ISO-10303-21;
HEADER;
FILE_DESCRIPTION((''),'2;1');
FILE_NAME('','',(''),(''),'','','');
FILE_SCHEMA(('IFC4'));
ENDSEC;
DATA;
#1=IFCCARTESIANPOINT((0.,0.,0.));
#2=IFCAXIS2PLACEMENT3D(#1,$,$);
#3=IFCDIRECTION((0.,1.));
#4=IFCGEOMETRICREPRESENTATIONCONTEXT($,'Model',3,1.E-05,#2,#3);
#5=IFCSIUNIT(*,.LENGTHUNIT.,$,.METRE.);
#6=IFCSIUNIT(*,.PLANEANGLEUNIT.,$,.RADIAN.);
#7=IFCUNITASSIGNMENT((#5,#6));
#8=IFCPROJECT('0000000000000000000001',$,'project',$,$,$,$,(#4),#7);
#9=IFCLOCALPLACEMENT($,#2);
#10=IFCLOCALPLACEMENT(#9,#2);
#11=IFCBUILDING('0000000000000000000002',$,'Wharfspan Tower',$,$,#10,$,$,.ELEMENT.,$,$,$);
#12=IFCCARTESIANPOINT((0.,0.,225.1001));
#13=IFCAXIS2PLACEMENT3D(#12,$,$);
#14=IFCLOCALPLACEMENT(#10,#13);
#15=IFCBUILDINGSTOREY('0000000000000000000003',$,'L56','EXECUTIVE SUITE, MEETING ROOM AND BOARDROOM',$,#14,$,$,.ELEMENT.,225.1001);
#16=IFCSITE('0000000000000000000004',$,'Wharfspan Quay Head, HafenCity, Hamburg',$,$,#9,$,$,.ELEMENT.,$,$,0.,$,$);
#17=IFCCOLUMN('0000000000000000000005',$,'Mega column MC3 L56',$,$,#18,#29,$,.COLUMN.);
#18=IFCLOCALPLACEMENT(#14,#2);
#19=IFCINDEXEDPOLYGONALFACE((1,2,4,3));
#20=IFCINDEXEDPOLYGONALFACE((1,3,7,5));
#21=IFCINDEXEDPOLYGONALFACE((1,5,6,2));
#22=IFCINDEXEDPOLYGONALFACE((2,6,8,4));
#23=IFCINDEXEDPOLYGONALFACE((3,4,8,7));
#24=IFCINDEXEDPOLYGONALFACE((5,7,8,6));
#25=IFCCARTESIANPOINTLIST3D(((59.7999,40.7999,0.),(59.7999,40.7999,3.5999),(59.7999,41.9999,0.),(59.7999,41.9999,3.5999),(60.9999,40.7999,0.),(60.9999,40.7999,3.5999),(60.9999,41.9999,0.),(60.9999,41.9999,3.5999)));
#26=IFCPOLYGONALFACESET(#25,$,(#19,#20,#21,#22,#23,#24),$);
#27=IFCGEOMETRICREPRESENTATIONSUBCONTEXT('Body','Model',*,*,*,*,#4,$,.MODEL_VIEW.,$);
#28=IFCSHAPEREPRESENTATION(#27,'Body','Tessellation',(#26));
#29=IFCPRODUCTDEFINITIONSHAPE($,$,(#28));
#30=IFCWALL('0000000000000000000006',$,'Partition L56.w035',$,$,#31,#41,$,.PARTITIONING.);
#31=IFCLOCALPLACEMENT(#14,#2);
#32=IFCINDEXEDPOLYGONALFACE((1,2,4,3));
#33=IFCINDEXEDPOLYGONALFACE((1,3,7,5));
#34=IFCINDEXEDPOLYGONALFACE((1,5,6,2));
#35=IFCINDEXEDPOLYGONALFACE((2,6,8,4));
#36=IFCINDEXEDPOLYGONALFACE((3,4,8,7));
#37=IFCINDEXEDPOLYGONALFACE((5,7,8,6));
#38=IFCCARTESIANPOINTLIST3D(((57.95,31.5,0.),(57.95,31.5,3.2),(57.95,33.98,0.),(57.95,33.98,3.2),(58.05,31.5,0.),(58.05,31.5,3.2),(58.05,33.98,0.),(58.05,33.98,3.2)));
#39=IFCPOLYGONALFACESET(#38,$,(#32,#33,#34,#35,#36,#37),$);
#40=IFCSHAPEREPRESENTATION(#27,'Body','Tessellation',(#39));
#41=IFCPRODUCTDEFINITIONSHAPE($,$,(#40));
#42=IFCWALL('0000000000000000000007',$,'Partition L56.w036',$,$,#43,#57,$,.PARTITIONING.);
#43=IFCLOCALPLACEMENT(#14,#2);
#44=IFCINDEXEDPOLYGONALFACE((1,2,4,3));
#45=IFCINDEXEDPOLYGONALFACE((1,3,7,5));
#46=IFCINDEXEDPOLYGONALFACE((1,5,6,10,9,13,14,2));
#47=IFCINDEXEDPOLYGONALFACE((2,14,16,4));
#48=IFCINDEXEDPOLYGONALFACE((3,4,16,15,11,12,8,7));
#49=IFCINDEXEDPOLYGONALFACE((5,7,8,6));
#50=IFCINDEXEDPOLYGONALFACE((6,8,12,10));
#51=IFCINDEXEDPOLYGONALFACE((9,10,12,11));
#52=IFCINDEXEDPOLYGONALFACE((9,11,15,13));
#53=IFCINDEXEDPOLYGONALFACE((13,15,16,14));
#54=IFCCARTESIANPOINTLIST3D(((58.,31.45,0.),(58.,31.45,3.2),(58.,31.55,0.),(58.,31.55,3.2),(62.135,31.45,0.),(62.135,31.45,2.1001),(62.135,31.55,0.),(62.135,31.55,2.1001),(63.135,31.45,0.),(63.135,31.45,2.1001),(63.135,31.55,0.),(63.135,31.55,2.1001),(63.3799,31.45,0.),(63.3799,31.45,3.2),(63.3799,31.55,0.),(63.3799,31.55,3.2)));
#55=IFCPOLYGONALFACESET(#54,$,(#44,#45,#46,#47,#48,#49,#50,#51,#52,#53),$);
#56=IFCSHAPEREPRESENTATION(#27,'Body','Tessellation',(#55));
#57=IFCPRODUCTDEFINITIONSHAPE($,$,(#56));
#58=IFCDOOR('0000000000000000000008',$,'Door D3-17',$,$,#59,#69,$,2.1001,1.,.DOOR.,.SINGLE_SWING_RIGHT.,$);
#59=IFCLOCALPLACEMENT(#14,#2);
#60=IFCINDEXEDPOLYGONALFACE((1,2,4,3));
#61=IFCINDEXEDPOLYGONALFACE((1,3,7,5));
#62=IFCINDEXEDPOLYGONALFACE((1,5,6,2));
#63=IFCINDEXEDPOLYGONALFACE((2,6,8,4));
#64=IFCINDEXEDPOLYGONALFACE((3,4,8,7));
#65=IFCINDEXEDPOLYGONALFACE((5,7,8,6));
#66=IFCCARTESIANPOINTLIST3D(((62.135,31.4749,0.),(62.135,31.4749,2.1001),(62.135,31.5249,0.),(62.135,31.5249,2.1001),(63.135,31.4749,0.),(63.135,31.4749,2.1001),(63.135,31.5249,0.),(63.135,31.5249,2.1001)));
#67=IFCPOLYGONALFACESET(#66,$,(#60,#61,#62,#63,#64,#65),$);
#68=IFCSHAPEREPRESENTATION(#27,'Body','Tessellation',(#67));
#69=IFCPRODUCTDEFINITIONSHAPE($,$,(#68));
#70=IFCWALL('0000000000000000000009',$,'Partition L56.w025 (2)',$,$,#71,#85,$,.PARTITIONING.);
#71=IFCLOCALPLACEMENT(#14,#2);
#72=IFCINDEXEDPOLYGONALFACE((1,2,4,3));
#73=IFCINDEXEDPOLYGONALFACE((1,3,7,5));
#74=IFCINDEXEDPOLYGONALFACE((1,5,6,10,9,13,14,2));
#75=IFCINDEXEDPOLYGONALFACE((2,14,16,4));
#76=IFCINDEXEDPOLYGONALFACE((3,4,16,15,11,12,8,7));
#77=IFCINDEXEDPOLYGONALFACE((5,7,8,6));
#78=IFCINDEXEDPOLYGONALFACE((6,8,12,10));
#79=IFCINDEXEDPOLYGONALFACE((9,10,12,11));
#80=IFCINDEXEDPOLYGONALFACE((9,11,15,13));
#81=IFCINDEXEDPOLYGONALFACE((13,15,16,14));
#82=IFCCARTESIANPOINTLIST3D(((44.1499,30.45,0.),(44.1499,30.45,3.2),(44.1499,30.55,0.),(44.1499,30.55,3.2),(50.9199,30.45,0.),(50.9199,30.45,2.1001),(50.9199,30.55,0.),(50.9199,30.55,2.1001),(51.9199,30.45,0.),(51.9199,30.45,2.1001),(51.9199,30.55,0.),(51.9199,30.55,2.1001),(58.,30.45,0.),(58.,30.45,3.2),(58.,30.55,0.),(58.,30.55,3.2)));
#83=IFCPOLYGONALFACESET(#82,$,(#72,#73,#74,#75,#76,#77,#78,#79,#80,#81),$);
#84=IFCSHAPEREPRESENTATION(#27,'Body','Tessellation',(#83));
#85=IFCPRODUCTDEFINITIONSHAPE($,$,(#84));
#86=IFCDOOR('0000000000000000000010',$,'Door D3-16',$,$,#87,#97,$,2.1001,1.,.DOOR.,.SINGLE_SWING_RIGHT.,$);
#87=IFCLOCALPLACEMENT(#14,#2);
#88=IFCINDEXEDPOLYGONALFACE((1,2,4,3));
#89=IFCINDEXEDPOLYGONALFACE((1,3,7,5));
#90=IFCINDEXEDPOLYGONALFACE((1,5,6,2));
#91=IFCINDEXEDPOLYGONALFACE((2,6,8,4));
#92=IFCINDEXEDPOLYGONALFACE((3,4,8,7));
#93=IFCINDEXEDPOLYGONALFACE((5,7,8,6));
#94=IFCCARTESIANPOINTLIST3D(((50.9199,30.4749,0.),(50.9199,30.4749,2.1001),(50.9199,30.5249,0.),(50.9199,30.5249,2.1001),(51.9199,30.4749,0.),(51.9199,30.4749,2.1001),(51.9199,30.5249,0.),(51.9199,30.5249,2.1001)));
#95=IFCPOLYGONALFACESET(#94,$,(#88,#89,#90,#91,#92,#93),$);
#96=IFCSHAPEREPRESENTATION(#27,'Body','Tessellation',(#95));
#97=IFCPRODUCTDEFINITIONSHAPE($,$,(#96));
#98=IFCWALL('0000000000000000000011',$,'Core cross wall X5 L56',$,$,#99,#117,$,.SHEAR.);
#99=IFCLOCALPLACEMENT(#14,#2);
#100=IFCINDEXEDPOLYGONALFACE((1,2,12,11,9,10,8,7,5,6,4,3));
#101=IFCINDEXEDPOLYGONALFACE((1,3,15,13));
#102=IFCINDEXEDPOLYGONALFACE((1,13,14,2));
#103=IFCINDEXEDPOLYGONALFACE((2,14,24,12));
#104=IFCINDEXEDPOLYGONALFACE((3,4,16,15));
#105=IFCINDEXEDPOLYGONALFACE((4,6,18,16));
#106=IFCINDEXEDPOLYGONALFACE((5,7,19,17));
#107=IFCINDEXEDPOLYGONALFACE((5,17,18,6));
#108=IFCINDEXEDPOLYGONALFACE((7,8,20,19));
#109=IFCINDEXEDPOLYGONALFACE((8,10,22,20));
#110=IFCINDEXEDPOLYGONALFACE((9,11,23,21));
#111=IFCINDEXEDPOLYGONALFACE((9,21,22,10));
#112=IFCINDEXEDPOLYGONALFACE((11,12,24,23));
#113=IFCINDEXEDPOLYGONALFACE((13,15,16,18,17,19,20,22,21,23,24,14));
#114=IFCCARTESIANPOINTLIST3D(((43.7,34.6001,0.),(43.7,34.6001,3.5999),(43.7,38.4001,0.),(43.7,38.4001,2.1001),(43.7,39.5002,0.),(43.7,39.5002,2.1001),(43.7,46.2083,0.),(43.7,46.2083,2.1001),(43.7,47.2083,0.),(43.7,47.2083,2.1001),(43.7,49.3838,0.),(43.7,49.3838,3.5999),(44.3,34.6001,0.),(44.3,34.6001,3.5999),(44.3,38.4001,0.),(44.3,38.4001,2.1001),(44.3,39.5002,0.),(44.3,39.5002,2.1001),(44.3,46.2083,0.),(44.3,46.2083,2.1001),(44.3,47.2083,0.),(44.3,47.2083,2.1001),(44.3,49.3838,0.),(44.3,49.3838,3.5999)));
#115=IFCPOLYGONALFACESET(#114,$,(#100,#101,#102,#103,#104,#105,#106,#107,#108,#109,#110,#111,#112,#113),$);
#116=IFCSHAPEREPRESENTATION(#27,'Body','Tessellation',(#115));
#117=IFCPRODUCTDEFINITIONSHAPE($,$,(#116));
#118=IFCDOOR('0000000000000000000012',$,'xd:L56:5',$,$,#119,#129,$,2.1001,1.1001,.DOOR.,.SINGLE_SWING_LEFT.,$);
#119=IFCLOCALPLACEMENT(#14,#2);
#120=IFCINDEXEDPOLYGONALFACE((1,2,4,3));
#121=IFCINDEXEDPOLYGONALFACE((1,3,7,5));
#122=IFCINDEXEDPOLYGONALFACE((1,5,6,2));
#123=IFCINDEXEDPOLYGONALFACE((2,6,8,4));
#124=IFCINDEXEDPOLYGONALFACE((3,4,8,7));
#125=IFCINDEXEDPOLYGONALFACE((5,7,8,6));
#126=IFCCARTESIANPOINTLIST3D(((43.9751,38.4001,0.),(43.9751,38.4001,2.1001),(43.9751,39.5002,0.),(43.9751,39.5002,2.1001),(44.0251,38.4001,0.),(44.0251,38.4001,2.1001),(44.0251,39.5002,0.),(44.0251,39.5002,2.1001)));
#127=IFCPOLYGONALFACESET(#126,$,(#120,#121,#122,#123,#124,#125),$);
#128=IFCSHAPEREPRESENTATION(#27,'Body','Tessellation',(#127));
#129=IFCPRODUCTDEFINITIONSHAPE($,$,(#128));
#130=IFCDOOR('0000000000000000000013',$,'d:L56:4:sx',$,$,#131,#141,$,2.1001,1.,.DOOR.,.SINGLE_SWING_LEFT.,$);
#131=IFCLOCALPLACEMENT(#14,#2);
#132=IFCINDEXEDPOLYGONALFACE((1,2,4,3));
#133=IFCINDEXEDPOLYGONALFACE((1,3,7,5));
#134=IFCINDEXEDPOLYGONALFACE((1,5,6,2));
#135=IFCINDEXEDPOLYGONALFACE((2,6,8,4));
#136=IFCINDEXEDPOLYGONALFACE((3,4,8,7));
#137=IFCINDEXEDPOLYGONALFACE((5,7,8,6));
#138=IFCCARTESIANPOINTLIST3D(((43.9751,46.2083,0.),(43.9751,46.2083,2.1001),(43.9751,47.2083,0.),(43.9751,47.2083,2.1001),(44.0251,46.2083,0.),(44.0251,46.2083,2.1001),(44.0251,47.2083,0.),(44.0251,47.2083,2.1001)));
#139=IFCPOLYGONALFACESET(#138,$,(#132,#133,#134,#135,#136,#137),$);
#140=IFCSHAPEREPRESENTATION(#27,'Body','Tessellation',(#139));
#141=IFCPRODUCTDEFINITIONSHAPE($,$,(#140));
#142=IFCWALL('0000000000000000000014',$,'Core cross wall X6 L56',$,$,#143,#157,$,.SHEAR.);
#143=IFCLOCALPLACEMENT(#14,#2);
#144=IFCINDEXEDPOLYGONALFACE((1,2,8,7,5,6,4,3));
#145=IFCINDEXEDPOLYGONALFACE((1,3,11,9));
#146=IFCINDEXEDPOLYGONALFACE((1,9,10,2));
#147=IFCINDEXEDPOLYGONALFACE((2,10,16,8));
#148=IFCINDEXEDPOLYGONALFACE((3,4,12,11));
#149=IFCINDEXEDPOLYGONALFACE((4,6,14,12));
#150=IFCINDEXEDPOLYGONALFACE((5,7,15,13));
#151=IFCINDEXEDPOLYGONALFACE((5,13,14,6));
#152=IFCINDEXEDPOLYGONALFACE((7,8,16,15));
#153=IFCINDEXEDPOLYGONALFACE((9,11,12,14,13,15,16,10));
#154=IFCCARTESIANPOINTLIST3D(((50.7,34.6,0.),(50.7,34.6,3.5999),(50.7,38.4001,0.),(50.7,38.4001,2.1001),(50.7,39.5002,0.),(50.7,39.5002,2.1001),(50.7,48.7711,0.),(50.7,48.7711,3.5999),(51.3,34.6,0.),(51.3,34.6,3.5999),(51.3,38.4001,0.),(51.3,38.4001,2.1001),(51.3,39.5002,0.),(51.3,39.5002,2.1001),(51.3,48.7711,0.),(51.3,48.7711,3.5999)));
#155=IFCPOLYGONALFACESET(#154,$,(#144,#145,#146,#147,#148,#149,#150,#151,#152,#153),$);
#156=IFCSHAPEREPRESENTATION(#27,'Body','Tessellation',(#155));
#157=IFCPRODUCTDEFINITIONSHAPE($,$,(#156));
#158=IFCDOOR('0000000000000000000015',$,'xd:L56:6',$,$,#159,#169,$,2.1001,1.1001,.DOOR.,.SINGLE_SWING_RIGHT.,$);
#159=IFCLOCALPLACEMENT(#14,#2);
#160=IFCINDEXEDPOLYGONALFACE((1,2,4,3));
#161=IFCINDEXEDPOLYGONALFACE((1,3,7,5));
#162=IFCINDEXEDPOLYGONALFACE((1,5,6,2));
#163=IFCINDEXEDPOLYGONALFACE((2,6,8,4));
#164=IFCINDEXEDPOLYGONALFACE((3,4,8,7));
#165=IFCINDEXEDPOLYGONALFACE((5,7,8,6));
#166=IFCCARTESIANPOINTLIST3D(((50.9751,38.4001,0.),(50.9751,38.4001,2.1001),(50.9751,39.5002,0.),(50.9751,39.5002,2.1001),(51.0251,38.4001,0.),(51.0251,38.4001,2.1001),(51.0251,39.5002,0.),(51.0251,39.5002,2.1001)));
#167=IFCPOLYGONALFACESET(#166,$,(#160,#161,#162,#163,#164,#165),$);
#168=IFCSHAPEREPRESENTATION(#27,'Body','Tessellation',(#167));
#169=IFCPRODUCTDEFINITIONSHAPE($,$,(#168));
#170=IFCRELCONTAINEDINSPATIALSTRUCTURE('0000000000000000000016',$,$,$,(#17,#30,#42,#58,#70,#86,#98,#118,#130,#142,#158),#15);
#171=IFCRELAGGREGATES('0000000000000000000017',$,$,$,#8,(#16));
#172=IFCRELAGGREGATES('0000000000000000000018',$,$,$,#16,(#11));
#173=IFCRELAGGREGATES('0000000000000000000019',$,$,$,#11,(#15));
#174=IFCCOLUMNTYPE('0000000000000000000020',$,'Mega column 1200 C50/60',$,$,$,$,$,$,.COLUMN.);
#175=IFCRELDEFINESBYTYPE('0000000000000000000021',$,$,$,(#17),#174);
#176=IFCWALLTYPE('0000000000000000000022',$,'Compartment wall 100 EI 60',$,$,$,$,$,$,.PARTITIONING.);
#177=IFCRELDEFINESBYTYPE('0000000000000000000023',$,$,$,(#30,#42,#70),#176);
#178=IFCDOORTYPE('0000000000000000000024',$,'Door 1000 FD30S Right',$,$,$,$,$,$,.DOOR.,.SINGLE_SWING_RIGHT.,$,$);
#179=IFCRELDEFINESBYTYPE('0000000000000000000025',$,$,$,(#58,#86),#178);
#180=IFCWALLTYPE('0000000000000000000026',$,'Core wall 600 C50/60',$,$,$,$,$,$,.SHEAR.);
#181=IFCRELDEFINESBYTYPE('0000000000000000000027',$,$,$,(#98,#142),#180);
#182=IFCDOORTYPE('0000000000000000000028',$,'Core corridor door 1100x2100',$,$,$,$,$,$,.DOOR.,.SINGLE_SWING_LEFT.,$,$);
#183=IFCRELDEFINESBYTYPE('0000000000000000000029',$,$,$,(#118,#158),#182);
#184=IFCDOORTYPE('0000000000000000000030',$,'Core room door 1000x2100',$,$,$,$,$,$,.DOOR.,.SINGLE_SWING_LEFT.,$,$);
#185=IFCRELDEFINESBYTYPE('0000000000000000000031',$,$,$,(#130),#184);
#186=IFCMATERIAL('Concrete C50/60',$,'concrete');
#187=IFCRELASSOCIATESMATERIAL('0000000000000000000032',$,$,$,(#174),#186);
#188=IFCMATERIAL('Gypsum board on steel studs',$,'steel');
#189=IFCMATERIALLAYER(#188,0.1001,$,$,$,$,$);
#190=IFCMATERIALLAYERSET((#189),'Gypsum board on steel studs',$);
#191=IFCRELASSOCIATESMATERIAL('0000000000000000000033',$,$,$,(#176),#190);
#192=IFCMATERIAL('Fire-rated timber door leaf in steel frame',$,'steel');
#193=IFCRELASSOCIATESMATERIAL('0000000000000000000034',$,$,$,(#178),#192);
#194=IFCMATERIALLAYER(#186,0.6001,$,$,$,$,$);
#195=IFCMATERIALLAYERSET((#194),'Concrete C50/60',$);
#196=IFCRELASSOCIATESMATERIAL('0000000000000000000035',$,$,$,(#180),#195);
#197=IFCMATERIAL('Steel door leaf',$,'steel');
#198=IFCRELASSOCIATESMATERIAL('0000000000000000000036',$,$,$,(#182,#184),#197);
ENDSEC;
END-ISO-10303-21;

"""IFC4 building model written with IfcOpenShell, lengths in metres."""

from ifc_helpers import new_model, si_unit, direction, frame, frame_2d, origin, origin_2d, place, context, subcontext, project, spatial, rectangle, extrude, material, layer, layer_set, material_profile, profile_set, type_object, element, fill, save


model = new_model("IFC4")

# Units and contexts
model_context = context("Model", 3, precision=1e-05, world=origin(), true_north=direction((0.0, 1.0)))
body_context = subcontext(model_context, "Body", "Model", "MODEL_VIEW")
ifc_project = project(units=[si_unit("LENGTHUNIT", "METRE"), si_unit("PLANEANGLEUNIT", "RADIAN")], contexts=[model_context])

# Site, building, storey
site_placement = place(None, origin())
site = spatial("IfcSite", under=ifc_project, at=site_placement, Name="Wharfspan Quay Head, HafenCity, Hamburg", CompositionType="ELEMENT", RefElevation=0.0)
building_placement = place(site_placement, origin())
building = spatial("IfcBuilding", under=site, at=building_placement, Name="Wharfspan Tower", CompositionType="ELEMENT")
storey_placement = place(building_placement, frame((0.0, 0.0, 225.1001)))
storey = spatial("IfcBuildingStorey", under=building, at=storey_placement, Name="L56", Description="EXECUTIVE SUITE, MEETING ROOM AND BOARDROOM", CompositionType="ELEMENT", Elevation=225.1001)

# Column
ifc_material_1 = material(Name="Concrete C50/60", Category="concrete")
ifc_material_profile = material_profile(ifc_material_1, rectangle(XDim=1.2, YDim=1.2, at=origin_2d()))
ifc_profile_set = profile_set([ifc_material_profile], Name="Concrete C50/60")
column_type = type_object("IfcColumnType", Name="Mega column 1200 C50/60", PredefinedType="COLUMN", material=ifc_profile_set)
column_placement = place(storey_placement, frame((60.3999, 41.3999, 0.0), z_axis=(0.0, 0.0, 1.0), x_axis=(1.0, 0.0, 0.0)))
element("IfcColumn", 1, at=column_placement, inside=storey, type_object=column_type, Name="Mega column MC3 L56", PredefinedType="COLUMN", context=body_context, shape_type="SweptSolid", body=[
    extrude(rectangle(XDim=1.2, YDim=1.2, at=origin_2d()), origin(), (0.0, 0.0, 1.0), 3.5999),
])

# Wall
ifc_material_2 = material(Name="Gypsum board on steel studs", Category="steel")
ifc_layer_1 = layer(ifc_material_2, 0.1001)
ifc_layer_set_1 = layer_set([ifc_layer_1], Name="Gypsum board on steel studs")
wall_type_1 = type_object("IfcWallType", Name="Compartment wall 100 EI 60", PredefinedType="PARTITIONING", material=ifc_layer_set_1)
wall_1_placement = place(storey_placement, frame((58.0, 31.5, 0.0), z_axis=(0.0, 0.0, 1.0), x_axis=(0.0, 1.0, 0.0)))
element("IfcWall", 2, at=wall_1_placement, inside=storey, type_object=wall_type_1, Name="Partition L56.w035", PredefinedType="PARTITIONING", context=body_context, shape_type="SweptSolid", body=[
    extrude(rectangle(XDim=2.48, YDim=0.1001, at=frame_2d((1.24, 0.0))), origin(), (0.0, 0.0, 1.0), 3.2),
])

# Walls, openings, doors
wall_2_placement = place(storey_placement, frame((58.0, 31.5, 0.0), z_axis=(0.0, 0.0, 1.0), x_axis=(1.0, 0.0, 0.0)))
wall_2 = element("IfcWall", 3, at=wall_2_placement, inside=storey, type_object=wall_type_1, Name="Partition L56.w036", PredefinedType="PARTITIONING", context=body_context, shape_type="SweptSolid", body=[
    extrude(rectangle(XDim=5.3799, YDim=0.1001, at=frame_2d((2.6899, 0.0))), origin(), (0.0, 0.0, 1.0), 3.2),
])
opening_1_placement = place(wall_2_placement, frame((4.135, 0.0, 0.0)))
opening_1 = element("IfcOpeningElement", 4, at=opening_1_placement, cuts=wall_2, PredefinedType="OPENING", context=body_context, shape_type="SweptSolid", body=[
    extrude(rectangle(XDim=1.0, YDim=2.1001, at=frame_2d((0.5, 1.05))), frame((0.0, 0.0601, 0.0), z_axis=(0.0, -1.0, 0.0), x_axis=(1.0, 0.0, 0.0)), (0.0, 0.0, 1.0), 0.1201),
])
ifc_material_3 = material(Name="Fire-rated timber door leaf in steel frame", Category="steel")
door_type_1 = type_object("IfcDoorType", Name="Door 1000 FD30S Right", OperationType="SINGLE_SWING_RIGHT", PredefinedType="DOOR", material=ifc_material_3)
door_1_placement = place(opening_1_placement, origin())
door_1 = element("IfcDoor", 5, at=door_1_placement, inside=storey, type_object=door_type_1, Name="Door D3-17", OperationType="SINGLE_SWING_RIGHT", OverallHeight=2.1001, OverallWidth=1.0, PredefinedType="DOOR", context=body_context, shape_type="SweptSolid", body=[
    extrude(rectangle(XDim=1.0, YDim=2.1001, at=frame_2d((0.5, 1.05))), frame((0.0, 0.0249, 0.0), z_axis=(0.0, -1.0, 0.0), x_axis=(1.0, 0.0, 0.0)), (0.0, 0.0, 1.0), 0.05),
])
fill(opening_1, door_1)
wall_3_placement = place(storey_placement, frame((44.1499, 30.5, 0.0), z_axis=(0.0, 0.0, 1.0), x_axis=(1.0, 0.0, 0.0)))
wall_3 = element("IfcWall", 6, at=wall_3_placement, inside=storey, type_object=wall_type_1, Name="Partition L56.w025 (2)", PredefinedType="PARTITIONING", context=body_context, shape_type="SweptSolid", body=[
    extrude(rectangle(XDim=13.8501, YDim=0.1001, at=frame_2d((6.925, 0.0))), origin(), (0.0, 0.0, 1.0), 3.2),
])
opening_2_placement = place(wall_3_placement, frame((6.77, 0.0, 0.0)))
opening_2 = element("IfcOpeningElement", 7, at=opening_2_placement, cuts=wall_3, PredefinedType="OPENING", context=body_context, shape_type="SweptSolid", body=[
    extrude(rectangle(XDim=1.0, YDim=2.1001, at=frame_2d((0.5, 1.05))), frame((0.0, 0.0601, 0.0), z_axis=(0.0, -1.0, 0.0), x_axis=(1.0, 0.0, 0.0)), (0.0, 0.0, 1.0), 0.1201),
])
door_2_placement = place(opening_2_placement, origin())
door_2 = element("IfcDoor", 8, at=door_2_placement, inside=storey, type_object=door_type_1, Name="Door D3-16", OperationType="SINGLE_SWING_RIGHT", OverallHeight=2.1001, OverallWidth=1.0, PredefinedType="DOOR", context=body_context, shape_type="SweptSolid", body=[
    extrude(rectangle(XDim=1.0, YDim=2.1001, at=frame_2d((0.5, 1.05))), frame((0.0, 0.0249, 0.0), z_axis=(0.0, -1.0, 0.0), x_axis=(1.0, 0.0, 0.0)), (0.0, 0.0, 1.0), 0.05),
])
fill(opening_2, door_2)

# Wall, openings, doors
ifc_layer_2 = layer(ifc_material_1, 0.6001)
ifc_layer_set_2 = layer_set([ifc_layer_2], Name="Concrete C50/60")
wall_type_2 = type_object("IfcWallType", Name="Core wall 600 C50/60", PredefinedType="SHEAR", material=ifc_layer_set_2)
wall_4_placement = place(storey_placement, frame((44.0, 34.6001, 0.0), z_axis=(0.0, 0.0, 1.0), x_axis=(0.0, 1.0, 0.0)))
wall_4 = element("IfcWall", 9, at=wall_4_placement, inside=storey, type_object=wall_type_2, Name="Core cross wall X5 L56", PredefinedType="SHEAR", context=body_context, shape_type="SweptSolid", body=[
    extrude(rectangle(XDim=14.7837, YDim=0.6001, at=frame_2d((7.3918, 0.0))), origin(), (0.0, 0.0, 1.0), 3.5999),
])
opening_3_placement = place(wall_4_placement, frame((11.6082, 0.0, 0.0)))
opening_3 = element("IfcOpeningElement", 10, at=opening_3_placement, cuts=wall_4, PredefinedType="OPENING", context=body_context, shape_type="SweptSolid", body=[
    extrude(rectangle(XDim=1.0, YDim=2.1001, at=frame_2d((0.5, 1.05))), frame((0.0, 0.3101, 0.0), z_axis=(0.0, -1.0, 0.0), x_axis=(1.0, 0.0, 0.0)), (0.0, 0.0, 1.0), 0.6201),
])
opening_4_placement = place(wall_4_placement, frame((3.8, 0.0, 0.0)))
opening_4 = element("IfcOpeningElement", 11, at=opening_4_placement, cuts=wall_4, PredefinedType="OPENING", context=body_context, shape_type="SweptSolid", body=[
    extrude(rectangle(XDim=1.1001, YDim=2.1001, at=frame_2d((0.55, 1.05))), frame((0.0, 0.3101, 0.0), z_axis=(0.0, -1.0, 0.0), x_axis=(1.0, 0.0, 0.0)), (0.0, 0.0, 1.0), 0.6201),
])
ifc_material_4 = material(Name="Steel door leaf", Category="steel")
door_type_2 = type_object("IfcDoorType", Name="Core corridor door 1100x2100", OperationType="SINGLE_SWING_LEFT", PredefinedType="DOOR", material=ifc_material_4)
door_3_placement = place(opening_4_placement, origin())
door_3 = element("IfcDoor", 12, at=door_3_placement, inside=storey, type_object=door_type_2, Name="xd:L56:5", OperationType="SINGLE_SWING_LEFT", OverallHeight=2.1001, OverallWidth=1.1001, PredefinedType="DOOR", context=body_context, shape_type="SweptSolid", body=[
    extrude(rectangle(XDim=1.1001, YDim=2.1001, at=frame_2d((0.55, 1.05))), frame((0.0, 0.0249, 0.0), z_axis=(0.0, -1.0, 0.0), x_axis=(1.0, 0.0, 0.0)), (0.0, 0.0, 1.0), 0.05),
])
fill(opening_4, door_3)
door_type_3 = type_object("IfcDoorType", Name="Core room door 1000x2100", OperationType="SINGLE_SWING_LEFT", PredefinedType="DOOR", material=ifc_material_4)
door_4_placement = place(opening_3_placement, origin())
door_4 = element("IfcDoor", 13, at=door_4_placement, inside=storey, type_object=door_type_3, Name="d:L56:4:sx", OperationType="SINGLE_SWING_LEFT", OverallHeight=2.1001, OverallWidth=1.0, PredefinedType="DOOR", context=body_context, shape_type="SweptSolid", body=[
    extrude(rectangle(XDim=1.0, YDim=2.1001, at=frame_2d((0.5, 1.05))), frame((0.0, 0.0249, 0.0), z_axis=(0.0, -1.0, 0.0), x_axis=(1.0, 0.0, 0.0)), (0.0, 0.0, 1.0), 0.05),
])
fill(opening_3, door_4)

# Wall, opening, door
wall_5_placement = place(storey_placement, frame((51.0, 34.6001, 0.0), z_axis=(0.0, 0.0, 1.0), x_axis=(0.0, 1.0, 0.0)))
wall_5 = element("IfcWall", 14, at=wall_5_placement, inside=storey, type_object=wall_type_2, Name="Core cross wall X6 L56", PredefinedType="SHEAR", context=body_context, shape_type="SweptSolid", body=[
    extrude(rectangle(XDim=14.1711, YDim=0.6001, at=frame_2d((7.0854, 0.0))), origin(), (0.0, 0.0, 1.0), 3.5999),
])
opening_5_placement = place(wall_5_placement, frame((3.8, 0.0, 0.0)))
opening_5 = element("IfcOpeningElement", 15, at=opening_5_placement, cuts=wall_5, PredefinedType="OPENING", context=body_context, shape_type="SweptSolid", body=[
    extrude(rectangle(XDim=1.1001, YDim=2.1001, at=frame_2d((0.55, 1.05))), frame((0.0, 0.3101, 0.0), z_axis=(0.0, -1.0, 0.0), x_axis=(1.0, 0.0, 0.0)), (0.0, 0.0, 1.0), 0.6201),
])
door_5_placement = place(opening_5_placement, origin())
door_5 = element("IfcDoor", 16, at=door_5_placement, inside=storey, type_object=door_type_2, Name="xd:L56:6", OperationType="SINGLE_SWING_RIGHT", OverallHeight=2.1001, OverallWidth=1.1001, PredefinedType="DOOR", context=body_context, shape_type="SweptSolid", body=[
    extrude(rectangle(XDim=1.1001, YDim=2.1001, at=frame_2d((0.55, 1.05))), frame((0.0, 0.0249, 0.0), z_axis=(0.0, -1.0, 0.0), x_axis=(1.0, 0.0, 0.0)), (0.0, 0.0, 1.0), 0.05),
])
fill(opening_5, door_5)

save(model, "model.ifc")
